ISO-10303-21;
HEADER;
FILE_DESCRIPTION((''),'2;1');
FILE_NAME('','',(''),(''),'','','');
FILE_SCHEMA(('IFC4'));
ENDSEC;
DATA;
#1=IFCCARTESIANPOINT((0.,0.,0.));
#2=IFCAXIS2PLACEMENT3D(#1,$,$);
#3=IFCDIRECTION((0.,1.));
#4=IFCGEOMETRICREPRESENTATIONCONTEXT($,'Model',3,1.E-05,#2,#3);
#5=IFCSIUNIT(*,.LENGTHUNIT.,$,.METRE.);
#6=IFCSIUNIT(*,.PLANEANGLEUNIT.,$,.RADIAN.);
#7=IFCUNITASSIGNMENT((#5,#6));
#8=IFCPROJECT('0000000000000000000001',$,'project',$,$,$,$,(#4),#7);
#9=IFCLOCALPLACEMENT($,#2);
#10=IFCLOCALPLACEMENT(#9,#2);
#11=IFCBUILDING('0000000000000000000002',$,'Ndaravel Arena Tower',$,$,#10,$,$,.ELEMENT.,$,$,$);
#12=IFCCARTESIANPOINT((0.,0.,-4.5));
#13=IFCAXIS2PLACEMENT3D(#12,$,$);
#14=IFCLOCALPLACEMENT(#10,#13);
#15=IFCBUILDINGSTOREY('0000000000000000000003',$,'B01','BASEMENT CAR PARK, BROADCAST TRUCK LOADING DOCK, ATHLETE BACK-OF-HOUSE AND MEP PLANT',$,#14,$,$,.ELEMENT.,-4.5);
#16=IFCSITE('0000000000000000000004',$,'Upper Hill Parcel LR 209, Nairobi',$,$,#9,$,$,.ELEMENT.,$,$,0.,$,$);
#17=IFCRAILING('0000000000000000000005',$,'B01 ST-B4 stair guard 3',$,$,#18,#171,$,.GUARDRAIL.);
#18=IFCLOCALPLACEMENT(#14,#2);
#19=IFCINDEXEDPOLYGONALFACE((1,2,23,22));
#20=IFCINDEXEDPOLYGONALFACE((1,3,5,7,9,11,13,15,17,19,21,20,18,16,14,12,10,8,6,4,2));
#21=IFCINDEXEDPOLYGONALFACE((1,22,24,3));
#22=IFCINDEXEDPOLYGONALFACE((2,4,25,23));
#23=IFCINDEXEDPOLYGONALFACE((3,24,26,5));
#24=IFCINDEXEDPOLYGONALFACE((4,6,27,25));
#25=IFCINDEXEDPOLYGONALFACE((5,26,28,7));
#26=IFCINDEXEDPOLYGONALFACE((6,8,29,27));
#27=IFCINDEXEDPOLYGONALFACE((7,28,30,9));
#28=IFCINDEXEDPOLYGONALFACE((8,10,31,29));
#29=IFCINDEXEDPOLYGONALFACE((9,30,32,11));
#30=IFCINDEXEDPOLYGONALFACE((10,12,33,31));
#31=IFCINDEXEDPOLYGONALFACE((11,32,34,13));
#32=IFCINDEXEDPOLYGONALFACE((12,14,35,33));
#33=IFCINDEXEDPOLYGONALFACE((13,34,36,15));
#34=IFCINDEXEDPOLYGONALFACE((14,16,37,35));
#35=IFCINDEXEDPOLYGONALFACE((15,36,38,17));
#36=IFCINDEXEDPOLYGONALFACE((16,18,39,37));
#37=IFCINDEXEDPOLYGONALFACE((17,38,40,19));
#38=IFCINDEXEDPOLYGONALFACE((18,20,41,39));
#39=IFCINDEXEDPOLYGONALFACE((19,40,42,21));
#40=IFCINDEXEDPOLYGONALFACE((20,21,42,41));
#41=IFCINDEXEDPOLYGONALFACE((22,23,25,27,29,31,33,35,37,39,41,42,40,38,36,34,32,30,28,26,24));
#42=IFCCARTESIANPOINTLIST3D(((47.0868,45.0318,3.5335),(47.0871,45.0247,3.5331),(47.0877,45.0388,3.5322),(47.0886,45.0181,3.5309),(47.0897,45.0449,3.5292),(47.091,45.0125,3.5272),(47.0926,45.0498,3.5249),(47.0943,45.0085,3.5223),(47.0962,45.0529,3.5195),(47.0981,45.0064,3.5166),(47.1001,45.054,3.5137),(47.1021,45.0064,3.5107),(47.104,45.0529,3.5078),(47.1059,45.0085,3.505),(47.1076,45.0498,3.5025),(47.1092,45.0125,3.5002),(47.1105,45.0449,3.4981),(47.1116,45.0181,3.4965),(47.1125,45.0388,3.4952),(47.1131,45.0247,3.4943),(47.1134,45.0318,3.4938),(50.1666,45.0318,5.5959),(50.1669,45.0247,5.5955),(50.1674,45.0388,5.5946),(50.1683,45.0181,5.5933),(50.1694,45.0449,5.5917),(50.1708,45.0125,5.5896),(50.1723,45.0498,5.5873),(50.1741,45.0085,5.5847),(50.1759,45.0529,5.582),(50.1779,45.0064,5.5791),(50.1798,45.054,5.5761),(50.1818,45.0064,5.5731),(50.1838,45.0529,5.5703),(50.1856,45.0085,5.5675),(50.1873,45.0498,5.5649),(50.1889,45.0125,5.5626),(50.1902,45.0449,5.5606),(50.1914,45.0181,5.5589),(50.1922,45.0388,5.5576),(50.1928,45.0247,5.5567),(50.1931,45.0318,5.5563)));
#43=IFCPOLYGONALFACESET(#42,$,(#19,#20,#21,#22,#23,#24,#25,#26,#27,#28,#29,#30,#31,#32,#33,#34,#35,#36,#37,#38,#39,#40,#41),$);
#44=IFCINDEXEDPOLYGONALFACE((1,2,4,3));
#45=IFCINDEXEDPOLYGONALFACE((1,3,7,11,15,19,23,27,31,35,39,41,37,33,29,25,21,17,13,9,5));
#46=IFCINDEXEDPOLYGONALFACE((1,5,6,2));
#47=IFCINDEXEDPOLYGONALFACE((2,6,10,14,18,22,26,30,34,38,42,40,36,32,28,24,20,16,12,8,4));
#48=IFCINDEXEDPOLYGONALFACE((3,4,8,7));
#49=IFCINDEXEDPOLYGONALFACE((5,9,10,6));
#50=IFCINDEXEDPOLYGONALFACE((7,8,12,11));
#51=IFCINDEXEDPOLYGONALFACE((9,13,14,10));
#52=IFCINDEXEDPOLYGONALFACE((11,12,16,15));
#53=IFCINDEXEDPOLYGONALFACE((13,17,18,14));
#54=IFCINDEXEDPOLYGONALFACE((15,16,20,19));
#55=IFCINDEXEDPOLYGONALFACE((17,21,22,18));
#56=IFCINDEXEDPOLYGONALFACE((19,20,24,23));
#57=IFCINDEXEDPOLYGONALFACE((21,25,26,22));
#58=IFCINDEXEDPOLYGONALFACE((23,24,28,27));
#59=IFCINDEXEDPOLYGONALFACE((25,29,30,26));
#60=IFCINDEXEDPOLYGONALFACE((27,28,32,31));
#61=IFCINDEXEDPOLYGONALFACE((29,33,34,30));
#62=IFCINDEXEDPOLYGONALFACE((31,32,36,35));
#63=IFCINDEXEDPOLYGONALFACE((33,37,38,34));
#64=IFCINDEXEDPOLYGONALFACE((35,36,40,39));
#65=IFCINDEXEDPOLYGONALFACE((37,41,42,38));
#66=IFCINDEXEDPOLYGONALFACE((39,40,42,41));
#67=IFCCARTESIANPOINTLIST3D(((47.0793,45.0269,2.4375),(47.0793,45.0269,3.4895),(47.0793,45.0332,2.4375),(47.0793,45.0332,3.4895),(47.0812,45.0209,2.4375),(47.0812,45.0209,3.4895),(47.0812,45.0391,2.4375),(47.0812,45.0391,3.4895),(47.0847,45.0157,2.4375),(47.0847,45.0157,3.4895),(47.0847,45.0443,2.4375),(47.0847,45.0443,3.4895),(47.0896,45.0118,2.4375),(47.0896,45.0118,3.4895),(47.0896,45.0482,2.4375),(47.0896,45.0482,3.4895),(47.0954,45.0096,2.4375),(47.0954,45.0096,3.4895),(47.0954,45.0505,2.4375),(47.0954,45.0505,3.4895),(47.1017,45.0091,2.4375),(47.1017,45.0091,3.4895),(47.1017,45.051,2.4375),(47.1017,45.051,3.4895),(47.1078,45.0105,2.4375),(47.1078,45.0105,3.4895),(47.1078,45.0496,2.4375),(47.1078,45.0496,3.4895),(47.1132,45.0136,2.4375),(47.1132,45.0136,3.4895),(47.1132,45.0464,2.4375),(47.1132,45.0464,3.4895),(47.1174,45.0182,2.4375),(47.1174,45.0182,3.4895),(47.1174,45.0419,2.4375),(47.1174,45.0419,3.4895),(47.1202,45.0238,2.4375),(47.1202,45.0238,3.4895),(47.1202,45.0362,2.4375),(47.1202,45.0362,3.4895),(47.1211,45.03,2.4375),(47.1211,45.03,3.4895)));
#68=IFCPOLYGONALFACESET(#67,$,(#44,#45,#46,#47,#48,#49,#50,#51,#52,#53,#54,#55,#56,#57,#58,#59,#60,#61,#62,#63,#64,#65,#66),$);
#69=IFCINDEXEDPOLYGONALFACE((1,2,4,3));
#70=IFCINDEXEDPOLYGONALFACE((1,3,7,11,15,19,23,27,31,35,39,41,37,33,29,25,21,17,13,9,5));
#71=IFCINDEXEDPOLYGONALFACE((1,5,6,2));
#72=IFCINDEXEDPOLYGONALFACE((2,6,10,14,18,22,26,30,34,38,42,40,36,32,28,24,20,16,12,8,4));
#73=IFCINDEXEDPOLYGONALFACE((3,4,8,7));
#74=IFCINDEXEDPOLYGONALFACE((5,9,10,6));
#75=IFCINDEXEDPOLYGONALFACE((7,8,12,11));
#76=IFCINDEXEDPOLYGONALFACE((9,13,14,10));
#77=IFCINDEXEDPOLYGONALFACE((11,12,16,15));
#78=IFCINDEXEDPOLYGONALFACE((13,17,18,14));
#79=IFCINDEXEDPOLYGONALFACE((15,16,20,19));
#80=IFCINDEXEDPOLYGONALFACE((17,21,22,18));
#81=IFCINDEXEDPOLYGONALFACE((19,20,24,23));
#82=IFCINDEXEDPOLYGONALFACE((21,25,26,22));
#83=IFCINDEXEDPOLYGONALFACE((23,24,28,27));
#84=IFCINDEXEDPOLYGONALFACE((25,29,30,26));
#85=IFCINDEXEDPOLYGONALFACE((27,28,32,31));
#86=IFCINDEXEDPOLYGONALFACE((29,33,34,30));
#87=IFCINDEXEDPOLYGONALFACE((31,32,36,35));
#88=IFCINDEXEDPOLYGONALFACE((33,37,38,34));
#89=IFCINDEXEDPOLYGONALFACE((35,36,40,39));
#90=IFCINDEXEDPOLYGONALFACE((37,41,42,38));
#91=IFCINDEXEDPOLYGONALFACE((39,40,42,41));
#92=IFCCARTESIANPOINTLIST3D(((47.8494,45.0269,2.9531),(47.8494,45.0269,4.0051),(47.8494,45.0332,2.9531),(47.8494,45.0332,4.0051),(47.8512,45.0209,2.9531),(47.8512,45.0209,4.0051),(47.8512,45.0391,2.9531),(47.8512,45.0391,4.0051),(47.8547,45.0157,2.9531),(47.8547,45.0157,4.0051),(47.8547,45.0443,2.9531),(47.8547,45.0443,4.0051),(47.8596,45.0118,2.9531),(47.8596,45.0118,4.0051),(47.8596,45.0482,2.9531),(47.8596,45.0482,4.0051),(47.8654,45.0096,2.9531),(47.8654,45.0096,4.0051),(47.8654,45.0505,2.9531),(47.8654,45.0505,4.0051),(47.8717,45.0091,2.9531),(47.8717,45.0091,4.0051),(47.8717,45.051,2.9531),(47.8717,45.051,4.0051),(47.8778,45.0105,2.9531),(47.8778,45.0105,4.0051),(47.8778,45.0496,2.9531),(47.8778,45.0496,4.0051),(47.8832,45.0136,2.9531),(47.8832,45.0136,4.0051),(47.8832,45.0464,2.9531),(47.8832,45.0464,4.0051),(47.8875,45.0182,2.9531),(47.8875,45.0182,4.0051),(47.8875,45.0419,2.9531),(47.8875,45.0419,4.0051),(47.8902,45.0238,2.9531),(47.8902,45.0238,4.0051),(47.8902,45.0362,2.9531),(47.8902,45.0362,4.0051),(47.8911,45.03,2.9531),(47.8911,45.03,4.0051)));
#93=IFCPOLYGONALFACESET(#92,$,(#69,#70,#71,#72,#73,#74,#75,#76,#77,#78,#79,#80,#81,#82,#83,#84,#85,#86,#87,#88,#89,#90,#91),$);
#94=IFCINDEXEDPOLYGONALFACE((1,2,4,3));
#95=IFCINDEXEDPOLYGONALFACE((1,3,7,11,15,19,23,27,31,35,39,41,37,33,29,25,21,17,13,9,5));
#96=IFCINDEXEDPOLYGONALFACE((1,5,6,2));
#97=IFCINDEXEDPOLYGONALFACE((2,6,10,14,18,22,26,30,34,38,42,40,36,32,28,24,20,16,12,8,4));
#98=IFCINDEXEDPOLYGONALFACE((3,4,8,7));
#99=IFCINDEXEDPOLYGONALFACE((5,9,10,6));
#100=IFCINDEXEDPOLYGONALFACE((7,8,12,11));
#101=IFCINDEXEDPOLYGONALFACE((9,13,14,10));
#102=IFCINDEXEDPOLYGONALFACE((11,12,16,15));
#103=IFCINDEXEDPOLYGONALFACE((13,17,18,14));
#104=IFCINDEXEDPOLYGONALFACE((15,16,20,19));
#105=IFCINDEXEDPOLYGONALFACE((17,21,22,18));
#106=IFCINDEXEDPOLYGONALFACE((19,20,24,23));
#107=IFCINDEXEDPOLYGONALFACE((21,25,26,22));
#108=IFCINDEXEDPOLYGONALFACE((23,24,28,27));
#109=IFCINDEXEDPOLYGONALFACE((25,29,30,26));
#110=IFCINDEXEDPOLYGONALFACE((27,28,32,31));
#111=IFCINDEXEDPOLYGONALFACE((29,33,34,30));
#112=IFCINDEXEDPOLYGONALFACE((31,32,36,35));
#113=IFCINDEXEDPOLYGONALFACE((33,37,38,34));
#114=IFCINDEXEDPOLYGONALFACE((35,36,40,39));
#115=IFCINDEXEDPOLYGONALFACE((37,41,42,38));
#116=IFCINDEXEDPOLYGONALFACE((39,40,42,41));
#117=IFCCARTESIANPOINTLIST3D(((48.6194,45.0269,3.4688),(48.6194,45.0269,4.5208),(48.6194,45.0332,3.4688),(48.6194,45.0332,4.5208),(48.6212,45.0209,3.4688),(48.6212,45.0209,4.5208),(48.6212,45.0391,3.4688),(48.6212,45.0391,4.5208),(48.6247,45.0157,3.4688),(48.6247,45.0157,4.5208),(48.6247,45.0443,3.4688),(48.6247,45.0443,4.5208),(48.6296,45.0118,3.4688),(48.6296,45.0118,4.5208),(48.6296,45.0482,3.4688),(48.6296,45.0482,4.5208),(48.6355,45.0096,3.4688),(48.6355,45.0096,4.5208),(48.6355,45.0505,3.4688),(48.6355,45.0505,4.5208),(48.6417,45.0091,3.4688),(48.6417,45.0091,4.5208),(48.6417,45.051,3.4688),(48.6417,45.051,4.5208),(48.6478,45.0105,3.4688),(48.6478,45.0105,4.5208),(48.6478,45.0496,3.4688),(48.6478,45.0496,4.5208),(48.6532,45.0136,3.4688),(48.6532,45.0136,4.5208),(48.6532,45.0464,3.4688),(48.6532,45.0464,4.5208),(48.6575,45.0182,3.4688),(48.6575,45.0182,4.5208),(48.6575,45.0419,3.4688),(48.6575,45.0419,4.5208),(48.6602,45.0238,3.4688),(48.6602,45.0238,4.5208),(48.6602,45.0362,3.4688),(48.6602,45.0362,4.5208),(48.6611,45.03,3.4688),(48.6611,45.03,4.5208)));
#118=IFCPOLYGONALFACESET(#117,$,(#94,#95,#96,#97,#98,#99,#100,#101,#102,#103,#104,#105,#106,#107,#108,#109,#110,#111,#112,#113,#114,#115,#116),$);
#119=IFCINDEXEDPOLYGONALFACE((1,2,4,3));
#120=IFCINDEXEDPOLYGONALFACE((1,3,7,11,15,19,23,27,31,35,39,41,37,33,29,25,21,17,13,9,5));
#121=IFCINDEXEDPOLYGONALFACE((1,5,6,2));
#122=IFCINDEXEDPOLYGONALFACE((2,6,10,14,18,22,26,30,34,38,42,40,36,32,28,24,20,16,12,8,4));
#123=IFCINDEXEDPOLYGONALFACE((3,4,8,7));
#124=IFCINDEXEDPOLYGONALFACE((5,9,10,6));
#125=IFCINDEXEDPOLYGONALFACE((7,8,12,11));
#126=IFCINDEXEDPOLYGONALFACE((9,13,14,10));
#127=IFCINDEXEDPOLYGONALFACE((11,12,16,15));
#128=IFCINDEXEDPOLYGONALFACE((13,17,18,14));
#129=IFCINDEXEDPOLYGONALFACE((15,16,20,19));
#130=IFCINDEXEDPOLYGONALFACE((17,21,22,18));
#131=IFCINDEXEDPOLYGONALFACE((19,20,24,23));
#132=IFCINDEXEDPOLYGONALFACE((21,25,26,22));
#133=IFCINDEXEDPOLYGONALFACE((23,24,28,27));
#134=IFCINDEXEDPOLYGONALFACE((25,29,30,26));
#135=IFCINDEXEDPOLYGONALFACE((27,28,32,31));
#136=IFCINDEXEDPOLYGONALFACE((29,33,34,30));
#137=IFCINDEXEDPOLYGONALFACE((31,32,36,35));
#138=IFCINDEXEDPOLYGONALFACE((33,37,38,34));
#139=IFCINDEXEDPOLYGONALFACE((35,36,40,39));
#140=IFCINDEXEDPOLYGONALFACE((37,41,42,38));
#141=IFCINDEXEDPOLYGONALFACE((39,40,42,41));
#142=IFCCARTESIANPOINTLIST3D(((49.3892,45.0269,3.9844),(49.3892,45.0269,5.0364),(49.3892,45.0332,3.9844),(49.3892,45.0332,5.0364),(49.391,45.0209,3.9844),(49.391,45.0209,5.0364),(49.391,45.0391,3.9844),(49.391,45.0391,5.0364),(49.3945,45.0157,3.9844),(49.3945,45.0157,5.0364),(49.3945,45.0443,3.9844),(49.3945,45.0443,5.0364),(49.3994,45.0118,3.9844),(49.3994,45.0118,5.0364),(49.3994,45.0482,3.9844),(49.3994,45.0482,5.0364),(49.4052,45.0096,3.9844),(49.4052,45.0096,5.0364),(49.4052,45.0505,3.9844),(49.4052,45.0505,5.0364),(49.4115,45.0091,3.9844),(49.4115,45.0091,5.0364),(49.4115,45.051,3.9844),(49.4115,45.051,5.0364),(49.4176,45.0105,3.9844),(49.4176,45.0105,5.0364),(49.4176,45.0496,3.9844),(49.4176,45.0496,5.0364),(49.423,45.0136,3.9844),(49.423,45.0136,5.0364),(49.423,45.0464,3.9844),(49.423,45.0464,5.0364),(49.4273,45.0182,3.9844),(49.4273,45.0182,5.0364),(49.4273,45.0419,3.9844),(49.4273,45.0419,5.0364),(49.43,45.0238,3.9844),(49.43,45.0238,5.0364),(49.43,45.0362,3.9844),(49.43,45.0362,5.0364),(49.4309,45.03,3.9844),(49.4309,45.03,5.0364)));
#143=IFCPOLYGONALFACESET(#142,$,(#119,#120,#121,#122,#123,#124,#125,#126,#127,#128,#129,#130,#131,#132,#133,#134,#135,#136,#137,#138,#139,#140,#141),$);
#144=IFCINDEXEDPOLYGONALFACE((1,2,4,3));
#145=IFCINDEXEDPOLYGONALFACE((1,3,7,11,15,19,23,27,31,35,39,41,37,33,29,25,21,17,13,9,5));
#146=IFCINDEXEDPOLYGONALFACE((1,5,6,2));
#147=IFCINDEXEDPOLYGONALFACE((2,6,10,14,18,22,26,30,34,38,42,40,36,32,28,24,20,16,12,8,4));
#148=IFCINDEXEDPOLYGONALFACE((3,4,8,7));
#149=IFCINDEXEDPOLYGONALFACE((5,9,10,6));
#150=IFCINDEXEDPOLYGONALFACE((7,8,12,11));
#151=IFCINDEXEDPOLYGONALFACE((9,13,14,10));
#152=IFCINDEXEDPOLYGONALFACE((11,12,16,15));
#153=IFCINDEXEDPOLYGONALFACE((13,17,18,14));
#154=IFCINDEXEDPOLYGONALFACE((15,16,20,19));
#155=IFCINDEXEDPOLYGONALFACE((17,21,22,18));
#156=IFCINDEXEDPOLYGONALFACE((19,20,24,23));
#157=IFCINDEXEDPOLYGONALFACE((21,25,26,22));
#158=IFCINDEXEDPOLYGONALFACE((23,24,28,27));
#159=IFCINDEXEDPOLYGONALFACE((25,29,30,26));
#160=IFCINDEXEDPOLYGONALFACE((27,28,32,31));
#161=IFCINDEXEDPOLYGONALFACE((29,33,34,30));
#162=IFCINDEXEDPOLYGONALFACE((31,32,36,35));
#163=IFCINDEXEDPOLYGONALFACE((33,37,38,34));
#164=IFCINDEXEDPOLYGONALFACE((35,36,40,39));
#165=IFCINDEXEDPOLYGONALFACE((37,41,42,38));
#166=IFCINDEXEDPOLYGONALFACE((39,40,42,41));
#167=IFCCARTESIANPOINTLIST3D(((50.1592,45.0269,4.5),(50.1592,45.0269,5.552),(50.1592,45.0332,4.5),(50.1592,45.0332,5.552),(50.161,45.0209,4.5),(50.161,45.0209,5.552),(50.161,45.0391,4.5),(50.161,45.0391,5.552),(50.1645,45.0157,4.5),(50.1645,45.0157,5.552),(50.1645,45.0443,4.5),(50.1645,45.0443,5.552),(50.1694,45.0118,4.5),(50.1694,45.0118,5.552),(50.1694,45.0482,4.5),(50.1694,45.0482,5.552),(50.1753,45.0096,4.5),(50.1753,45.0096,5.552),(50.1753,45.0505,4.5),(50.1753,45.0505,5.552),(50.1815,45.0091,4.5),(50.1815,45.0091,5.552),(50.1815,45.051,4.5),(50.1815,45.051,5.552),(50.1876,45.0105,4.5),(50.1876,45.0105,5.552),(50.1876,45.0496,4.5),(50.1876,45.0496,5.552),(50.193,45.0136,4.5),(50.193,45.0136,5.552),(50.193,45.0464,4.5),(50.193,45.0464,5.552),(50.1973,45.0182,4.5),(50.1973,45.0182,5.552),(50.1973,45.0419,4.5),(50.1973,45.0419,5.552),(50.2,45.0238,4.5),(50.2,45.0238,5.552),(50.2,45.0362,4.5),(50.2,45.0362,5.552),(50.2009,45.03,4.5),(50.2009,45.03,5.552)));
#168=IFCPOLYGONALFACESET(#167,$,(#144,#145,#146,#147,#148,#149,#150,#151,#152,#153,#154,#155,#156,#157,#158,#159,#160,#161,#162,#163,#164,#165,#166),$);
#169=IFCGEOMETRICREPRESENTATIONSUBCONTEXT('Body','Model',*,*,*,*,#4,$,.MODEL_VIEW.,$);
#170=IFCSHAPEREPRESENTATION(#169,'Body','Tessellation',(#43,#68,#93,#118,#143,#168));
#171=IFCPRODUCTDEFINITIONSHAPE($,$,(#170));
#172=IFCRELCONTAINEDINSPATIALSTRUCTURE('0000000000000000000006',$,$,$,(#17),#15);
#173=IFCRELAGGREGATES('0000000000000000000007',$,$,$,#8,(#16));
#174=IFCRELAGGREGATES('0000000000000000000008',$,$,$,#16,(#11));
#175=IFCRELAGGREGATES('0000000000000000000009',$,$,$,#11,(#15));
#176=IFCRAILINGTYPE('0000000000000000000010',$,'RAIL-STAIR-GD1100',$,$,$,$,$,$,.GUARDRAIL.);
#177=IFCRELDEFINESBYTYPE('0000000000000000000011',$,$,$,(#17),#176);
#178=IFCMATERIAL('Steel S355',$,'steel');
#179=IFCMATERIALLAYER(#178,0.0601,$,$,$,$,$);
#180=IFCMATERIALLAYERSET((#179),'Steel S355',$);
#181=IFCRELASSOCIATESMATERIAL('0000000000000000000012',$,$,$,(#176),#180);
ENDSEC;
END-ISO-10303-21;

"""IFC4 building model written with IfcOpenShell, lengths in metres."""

from ifc_helpers import new_model, si_unit, direction, frame, origin, origin_2d, place, context, subcontext, project, spatial, circle, extrude, material, layer, layer_set, type_object, element, save


model = new_model("IFC4")

# Units and contexts
model_context = context("Model", 3, precision=1e-05, world=origin(), true_north=direction((0.0, 1.0)))
body_context = subcontext(model_context, "Body", "Model", "MODEL_VIEW")
ifc_project = project(units=[si_unit("LENGTHUNIT", "METRE"), si_unit("PLANEANGLEUNIT", "RADIAN")], contexts=[model_context])

# Site, building, storey
site_placement = place(None, origin())
site = spatial("IfcSite", under=ifc_project, at=site_placement, Name="Upper Hill Parcel LR 209, Nairobi", CompositionType="ELEMENT", RefElevation=0.0)
building_placement = place(site_placement, origin())
building = spatial("IfcBuilding", under=site, at=building_placement, Name="Ndaravel Arena Tower", CompositionType="ELEMENT")
storey_placement = place(building_placement, frame((0.0, 0.0, -4.5)))
storey = spatial("IfcBuildingStorey", under=building, at=storey_placement, Name="B01", Description="BASEMENT CAR PARK, BROADCAST TRUCK LOADING DOCK, ATHLETE BACK-OF-HOUSE AND MEP PLANT", CompositionType="ELEMENT", Elevation=-4.5)

# Railing
ifc_material_1 = material(Name="Steel S355", Category="steel")
ifc_layer_1 = layer(ifc_material_1, 0.0601)
ifc_layer_set_1 = layer_set([ifc_layer_1], Name="Steel S355")
railing_type_1 = type_object("IfcRailingType", Name="RAIL-STAIR-GD1100", PredefinedType="GUARDRAIL", material=ifc_layer_set_1)
railing_1_placement = place(storey_placement, frame((47.1001, 45.03, 2.4375)))
element("IfcRailing", 1, at=railing_1_placement, inside=storey, type_object=railing_type_1, Name="B01 ST-B4 stair guard 3", PredefinedType="GUARDRAIL", context=body_context, shape_type="SweptSolid", body=[
    extrude(circle(Radius=0.0239, at=origin_2d()), frame((0.0, 0.0, 1.0762), z_axis=(0.830893, 0.0, 0.556432), x_axis=(0.0, 1.0, 0.0)), (0.0, 0.0, 1.0), 3.7065),
    extrude(circle(Radius=0.021, at=origin_2d()), origin(), (0.0, 0.0, 1.0), 1.052),
    extrude(circle(Radius=0.021, at=origin_2d()), frame((0.77, 0.0, 0.5156)), (0.0, 0.0, 1.0), 1.052),
    extrude(circle(Radius=0.021, at=origin_2d()), frame((1.54, 0.0, 1.0312)), (0.0, 0.0, 1.0), 1.052),
    extrude(circle(Radius=0.021, at=origin_2d()), frame((2.3098, 0.0, 1.5469)), (0.0, 0.0, 1.0), 1.052),
    extrude(circle(Radius=0.021, at=origin_2d()), frame((3.0798, 0.0, 2.0625)), (0.0, 0.0, 1.0), 1.052),
])

save(model, "model.ifc")
